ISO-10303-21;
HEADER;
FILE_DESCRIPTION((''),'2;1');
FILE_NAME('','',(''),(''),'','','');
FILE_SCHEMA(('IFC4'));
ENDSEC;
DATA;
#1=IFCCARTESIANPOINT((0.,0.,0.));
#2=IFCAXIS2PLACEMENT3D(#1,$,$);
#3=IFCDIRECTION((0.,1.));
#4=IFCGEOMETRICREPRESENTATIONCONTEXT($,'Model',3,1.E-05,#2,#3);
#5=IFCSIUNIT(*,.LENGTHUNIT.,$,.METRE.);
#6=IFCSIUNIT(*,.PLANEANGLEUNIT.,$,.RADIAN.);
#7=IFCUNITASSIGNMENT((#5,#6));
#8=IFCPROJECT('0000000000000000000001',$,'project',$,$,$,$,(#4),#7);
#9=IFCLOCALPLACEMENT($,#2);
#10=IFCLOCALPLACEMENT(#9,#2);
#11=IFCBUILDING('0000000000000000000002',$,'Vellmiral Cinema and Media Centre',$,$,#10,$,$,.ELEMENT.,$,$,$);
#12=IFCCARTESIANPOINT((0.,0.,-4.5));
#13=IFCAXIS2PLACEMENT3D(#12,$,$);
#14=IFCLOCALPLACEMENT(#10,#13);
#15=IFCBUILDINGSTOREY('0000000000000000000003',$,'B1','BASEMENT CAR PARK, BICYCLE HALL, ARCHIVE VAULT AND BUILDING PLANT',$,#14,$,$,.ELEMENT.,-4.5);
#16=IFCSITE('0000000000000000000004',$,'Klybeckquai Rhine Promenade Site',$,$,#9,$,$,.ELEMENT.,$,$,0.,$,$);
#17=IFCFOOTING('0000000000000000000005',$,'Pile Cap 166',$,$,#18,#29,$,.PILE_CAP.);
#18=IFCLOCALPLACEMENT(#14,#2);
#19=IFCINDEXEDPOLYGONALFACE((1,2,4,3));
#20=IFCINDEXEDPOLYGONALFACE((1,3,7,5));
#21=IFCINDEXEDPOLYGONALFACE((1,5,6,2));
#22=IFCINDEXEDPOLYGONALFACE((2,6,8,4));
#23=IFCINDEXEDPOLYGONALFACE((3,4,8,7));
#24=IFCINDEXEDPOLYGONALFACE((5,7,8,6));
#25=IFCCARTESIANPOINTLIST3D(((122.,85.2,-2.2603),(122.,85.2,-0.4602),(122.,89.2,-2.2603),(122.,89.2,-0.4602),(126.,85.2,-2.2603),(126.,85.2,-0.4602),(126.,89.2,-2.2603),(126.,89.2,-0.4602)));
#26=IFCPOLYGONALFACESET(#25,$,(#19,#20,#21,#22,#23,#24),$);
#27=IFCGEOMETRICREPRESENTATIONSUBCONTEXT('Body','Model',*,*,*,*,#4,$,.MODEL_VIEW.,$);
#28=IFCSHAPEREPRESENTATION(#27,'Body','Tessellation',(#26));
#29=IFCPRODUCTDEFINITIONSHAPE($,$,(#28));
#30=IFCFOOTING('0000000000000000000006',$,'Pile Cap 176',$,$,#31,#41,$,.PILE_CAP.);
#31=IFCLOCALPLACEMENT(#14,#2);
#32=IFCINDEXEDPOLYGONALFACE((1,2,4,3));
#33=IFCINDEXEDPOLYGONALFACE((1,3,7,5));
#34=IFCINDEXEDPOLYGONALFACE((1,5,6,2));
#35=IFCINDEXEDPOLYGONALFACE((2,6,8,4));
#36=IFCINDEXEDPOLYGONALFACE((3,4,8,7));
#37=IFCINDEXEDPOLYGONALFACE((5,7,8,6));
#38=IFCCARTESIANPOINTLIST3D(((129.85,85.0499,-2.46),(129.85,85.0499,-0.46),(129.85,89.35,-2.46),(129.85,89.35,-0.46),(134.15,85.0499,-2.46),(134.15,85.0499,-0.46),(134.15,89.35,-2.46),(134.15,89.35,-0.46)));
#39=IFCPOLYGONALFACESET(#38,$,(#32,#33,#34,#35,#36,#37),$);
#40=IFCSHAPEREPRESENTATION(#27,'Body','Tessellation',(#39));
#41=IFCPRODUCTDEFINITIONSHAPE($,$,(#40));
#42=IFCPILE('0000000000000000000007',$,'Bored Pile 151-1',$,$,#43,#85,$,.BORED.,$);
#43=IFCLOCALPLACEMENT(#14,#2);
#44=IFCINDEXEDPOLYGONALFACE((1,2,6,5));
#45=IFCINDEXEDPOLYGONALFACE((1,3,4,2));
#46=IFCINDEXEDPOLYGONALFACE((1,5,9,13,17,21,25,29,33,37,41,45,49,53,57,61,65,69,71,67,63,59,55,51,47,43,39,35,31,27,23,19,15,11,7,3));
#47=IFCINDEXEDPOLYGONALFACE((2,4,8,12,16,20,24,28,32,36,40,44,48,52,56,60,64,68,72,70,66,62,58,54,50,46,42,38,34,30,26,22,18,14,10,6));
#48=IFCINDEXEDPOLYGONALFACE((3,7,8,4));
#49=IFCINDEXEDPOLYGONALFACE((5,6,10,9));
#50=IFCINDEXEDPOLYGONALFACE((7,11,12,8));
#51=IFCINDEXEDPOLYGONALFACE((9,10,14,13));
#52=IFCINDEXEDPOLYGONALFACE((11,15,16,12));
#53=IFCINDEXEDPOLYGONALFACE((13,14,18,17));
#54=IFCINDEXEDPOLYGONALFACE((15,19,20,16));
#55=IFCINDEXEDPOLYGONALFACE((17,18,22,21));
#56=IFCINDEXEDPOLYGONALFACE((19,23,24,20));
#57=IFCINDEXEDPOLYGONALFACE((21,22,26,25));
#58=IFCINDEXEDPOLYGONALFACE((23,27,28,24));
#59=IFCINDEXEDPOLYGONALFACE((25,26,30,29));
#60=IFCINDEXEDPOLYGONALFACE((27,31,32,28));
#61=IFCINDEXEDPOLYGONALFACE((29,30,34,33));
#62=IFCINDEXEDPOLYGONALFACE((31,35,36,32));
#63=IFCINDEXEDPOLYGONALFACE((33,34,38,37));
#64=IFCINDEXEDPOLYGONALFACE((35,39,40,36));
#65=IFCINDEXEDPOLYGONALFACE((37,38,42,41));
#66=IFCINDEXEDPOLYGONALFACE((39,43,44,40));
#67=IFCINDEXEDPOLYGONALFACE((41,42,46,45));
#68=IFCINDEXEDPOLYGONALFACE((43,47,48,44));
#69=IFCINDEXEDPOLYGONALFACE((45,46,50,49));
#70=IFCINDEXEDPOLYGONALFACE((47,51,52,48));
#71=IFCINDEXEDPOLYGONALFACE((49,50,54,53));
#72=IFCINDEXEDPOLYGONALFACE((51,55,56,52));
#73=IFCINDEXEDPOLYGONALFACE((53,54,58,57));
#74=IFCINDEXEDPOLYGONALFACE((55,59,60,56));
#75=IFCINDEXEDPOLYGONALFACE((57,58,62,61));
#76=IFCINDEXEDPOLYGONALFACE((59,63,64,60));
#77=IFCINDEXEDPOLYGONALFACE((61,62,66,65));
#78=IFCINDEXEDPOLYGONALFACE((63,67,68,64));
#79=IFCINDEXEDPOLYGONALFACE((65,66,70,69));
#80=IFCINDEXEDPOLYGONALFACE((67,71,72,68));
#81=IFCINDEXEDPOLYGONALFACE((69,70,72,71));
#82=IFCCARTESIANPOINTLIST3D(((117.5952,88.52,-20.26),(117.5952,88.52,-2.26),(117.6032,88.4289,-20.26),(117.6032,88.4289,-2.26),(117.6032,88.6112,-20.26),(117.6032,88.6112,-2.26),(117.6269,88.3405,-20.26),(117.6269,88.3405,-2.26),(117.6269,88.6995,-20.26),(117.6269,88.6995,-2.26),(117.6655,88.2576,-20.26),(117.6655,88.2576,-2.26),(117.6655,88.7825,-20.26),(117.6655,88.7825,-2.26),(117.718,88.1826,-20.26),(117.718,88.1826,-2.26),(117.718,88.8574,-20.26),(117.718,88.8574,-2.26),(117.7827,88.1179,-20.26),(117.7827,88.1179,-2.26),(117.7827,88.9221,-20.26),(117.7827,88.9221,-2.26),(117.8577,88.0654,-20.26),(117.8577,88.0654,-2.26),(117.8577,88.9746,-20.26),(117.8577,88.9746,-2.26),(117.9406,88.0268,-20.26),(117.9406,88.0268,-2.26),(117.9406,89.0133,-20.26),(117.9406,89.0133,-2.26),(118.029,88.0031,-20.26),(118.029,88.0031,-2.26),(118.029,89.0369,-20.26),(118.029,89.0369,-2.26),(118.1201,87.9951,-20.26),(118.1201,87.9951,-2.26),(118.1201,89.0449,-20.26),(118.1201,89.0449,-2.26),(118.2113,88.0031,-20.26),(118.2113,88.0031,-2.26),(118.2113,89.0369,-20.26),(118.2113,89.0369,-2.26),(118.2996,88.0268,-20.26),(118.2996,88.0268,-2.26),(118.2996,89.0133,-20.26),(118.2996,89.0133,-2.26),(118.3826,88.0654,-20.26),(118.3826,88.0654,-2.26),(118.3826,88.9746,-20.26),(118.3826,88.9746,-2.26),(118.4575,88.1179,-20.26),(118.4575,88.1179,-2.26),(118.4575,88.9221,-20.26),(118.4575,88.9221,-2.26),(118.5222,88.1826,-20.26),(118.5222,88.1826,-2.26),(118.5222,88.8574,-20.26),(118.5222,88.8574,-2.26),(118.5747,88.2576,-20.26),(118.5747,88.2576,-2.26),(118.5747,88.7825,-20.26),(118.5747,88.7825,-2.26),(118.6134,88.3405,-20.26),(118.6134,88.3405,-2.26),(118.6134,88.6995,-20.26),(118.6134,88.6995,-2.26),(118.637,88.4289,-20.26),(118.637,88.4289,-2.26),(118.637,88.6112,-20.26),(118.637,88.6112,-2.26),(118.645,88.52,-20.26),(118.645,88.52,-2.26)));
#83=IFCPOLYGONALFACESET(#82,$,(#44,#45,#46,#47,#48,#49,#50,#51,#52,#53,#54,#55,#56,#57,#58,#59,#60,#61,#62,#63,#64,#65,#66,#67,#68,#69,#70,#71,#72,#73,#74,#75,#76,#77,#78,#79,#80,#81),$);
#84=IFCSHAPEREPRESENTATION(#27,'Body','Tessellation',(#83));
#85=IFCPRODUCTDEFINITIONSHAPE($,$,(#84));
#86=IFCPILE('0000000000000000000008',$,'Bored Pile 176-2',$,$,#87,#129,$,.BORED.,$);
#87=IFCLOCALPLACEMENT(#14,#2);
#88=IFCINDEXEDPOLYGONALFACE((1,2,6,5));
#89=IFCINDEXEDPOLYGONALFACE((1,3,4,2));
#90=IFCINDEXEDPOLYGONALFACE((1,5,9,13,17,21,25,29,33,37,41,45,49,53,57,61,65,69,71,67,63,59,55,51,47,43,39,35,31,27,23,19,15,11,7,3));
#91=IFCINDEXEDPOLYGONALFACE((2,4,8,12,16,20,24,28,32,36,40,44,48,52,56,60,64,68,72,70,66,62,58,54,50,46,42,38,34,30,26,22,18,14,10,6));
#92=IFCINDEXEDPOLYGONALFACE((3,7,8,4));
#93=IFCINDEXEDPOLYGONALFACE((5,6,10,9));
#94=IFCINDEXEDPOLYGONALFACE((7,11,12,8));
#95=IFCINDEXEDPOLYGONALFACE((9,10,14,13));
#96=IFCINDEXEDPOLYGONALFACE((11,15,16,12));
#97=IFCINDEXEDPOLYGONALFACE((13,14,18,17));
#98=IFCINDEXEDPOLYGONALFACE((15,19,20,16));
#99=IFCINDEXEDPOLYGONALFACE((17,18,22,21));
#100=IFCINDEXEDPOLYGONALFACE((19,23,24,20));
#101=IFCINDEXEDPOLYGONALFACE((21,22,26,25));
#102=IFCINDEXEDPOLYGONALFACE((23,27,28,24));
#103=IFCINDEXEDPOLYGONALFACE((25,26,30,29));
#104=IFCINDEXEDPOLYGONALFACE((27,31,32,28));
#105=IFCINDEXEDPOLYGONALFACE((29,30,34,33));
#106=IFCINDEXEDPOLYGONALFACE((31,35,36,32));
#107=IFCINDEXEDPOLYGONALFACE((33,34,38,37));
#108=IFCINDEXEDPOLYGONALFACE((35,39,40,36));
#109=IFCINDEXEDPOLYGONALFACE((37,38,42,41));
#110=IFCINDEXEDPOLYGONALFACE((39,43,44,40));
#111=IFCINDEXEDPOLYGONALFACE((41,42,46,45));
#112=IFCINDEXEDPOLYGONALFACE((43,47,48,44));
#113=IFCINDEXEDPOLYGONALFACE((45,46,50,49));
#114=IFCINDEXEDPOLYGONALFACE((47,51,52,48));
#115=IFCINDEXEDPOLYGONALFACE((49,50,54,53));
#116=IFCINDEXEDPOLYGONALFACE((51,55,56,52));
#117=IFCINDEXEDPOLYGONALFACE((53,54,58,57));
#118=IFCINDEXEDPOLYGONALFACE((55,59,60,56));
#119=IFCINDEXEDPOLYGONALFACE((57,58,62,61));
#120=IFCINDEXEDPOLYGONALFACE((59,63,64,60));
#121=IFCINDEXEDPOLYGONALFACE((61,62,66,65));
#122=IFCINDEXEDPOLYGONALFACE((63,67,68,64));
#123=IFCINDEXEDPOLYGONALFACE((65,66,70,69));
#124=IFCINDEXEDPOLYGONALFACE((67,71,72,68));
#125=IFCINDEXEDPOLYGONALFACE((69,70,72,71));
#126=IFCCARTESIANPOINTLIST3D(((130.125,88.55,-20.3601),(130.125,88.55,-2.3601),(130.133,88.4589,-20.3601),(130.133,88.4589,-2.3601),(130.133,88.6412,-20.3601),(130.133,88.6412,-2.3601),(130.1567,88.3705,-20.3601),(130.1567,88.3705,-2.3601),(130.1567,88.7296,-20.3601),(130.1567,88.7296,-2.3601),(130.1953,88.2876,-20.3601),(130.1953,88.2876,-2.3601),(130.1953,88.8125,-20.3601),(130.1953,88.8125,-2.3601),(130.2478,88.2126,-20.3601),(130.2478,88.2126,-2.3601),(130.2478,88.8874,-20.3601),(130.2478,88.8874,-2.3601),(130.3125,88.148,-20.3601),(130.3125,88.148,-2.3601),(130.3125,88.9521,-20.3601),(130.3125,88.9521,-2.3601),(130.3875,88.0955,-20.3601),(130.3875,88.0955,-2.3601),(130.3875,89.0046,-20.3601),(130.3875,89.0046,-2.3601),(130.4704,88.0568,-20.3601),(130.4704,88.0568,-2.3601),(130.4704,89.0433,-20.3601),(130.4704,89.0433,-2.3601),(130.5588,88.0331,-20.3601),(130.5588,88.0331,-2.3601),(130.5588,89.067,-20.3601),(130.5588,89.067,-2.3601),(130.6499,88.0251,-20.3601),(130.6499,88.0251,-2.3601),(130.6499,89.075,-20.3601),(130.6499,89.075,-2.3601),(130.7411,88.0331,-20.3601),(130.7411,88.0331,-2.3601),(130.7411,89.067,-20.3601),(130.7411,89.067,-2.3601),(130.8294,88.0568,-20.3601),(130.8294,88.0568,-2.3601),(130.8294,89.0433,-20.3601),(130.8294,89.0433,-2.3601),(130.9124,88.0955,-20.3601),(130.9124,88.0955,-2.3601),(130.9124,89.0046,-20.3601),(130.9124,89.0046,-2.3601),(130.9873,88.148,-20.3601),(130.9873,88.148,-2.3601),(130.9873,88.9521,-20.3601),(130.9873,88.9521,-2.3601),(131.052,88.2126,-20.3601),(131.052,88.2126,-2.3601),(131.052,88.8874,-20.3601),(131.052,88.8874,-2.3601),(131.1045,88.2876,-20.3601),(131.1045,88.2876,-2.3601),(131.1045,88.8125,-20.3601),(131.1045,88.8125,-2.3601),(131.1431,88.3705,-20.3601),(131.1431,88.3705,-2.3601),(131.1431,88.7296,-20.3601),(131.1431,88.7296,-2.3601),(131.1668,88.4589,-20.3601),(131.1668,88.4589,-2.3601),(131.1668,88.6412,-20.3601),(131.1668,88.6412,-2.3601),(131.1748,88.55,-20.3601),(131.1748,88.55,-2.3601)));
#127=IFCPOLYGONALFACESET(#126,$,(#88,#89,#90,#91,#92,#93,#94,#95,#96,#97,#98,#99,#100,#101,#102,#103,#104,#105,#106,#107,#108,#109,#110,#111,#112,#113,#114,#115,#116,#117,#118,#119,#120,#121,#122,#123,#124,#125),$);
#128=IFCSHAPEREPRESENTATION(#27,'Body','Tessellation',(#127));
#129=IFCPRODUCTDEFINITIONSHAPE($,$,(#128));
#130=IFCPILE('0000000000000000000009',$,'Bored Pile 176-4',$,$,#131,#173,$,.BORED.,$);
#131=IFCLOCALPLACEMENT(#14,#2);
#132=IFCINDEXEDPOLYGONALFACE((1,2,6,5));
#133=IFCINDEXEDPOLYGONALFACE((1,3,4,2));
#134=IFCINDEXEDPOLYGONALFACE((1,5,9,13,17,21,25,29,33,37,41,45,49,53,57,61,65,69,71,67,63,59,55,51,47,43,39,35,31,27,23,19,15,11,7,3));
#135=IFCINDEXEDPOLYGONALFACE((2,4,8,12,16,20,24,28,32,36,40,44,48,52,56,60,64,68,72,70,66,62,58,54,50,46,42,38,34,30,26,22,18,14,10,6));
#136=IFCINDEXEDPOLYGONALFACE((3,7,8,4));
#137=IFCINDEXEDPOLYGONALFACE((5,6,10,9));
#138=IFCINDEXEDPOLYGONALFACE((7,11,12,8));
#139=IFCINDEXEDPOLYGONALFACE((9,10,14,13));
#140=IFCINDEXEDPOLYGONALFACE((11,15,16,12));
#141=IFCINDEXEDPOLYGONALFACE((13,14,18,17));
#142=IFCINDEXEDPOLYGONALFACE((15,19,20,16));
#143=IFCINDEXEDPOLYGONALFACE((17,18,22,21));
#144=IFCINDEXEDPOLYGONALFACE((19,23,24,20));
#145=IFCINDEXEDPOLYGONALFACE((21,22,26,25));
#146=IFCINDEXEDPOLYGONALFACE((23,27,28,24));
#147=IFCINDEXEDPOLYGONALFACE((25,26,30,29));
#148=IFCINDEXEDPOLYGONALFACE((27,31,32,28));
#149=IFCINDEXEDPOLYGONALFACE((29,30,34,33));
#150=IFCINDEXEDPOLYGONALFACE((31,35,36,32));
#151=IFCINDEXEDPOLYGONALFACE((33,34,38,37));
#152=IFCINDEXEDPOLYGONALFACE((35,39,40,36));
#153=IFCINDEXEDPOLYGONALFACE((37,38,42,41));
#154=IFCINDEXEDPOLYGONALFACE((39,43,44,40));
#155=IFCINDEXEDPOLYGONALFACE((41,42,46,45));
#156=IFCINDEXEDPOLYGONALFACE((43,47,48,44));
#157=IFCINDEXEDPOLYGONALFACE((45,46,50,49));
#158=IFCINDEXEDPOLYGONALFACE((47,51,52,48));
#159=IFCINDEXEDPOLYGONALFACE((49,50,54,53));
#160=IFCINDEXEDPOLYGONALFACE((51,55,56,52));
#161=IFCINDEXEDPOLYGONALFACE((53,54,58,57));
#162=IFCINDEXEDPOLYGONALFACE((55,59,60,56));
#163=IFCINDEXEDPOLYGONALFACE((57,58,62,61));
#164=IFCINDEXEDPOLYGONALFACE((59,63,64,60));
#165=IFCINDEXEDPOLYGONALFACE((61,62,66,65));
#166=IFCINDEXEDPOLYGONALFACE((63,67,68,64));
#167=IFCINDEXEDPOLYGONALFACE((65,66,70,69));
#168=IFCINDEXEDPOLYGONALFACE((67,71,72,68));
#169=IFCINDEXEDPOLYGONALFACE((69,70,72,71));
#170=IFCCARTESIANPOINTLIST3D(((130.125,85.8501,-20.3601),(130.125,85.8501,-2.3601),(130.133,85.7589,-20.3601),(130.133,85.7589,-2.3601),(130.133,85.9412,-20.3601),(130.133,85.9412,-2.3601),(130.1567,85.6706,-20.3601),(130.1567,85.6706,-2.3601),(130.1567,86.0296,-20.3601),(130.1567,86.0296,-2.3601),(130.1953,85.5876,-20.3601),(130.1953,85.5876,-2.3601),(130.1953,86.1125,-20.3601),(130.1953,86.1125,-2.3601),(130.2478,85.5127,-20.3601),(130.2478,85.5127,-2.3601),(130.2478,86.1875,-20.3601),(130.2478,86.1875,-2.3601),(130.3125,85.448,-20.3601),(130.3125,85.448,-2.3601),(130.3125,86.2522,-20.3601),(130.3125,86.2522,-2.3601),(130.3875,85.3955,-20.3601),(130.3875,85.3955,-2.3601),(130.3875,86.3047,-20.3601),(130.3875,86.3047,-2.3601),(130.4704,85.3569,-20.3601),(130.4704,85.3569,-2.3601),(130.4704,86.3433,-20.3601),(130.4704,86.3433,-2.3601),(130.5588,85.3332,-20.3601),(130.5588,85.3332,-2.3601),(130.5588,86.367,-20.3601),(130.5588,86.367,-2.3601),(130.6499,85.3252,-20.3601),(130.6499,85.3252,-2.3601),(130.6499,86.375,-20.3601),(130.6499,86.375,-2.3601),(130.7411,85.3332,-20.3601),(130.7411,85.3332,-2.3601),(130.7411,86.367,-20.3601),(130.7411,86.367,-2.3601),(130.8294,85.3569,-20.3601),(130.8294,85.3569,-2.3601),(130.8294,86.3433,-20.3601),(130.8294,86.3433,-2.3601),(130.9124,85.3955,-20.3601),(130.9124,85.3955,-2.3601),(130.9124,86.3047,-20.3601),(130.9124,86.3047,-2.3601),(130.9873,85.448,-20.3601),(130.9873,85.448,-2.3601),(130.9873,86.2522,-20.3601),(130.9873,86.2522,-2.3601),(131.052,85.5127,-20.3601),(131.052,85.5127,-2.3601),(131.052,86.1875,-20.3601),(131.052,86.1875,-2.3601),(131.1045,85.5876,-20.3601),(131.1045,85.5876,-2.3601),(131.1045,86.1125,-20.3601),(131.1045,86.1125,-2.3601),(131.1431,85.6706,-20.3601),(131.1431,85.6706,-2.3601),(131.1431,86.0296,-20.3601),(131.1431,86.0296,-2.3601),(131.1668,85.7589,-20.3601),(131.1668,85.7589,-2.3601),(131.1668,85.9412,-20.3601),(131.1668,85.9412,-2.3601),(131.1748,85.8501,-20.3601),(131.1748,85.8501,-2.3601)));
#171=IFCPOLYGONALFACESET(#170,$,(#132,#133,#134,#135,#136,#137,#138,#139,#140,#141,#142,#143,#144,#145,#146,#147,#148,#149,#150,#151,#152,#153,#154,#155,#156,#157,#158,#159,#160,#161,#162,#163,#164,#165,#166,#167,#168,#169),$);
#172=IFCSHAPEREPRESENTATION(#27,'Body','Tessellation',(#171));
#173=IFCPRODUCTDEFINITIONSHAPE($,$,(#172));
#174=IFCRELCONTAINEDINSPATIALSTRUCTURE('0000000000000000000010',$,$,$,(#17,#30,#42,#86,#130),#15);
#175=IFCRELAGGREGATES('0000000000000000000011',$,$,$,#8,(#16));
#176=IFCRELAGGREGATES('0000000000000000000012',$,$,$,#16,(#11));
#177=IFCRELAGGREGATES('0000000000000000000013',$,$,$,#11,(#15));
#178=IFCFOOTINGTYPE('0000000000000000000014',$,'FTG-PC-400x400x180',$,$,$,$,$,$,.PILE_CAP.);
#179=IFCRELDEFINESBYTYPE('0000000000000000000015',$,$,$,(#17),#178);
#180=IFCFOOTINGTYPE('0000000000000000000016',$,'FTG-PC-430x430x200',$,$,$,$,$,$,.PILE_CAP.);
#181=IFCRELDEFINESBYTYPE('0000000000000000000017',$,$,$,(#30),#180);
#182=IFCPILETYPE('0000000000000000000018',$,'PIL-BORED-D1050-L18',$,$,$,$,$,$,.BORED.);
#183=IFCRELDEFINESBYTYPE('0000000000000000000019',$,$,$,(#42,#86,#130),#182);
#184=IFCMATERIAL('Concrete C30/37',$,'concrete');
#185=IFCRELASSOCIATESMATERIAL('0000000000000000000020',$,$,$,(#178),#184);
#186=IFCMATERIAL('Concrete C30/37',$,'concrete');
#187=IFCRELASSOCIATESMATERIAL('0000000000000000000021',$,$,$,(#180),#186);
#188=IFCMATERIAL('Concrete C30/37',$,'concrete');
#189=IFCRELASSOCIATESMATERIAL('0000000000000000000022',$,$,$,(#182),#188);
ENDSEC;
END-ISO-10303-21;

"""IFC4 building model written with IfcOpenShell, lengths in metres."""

from ifc_helpers import new_model, si_unit, direction, frame, origin, origin_2d, place, context, subcontext, project, spatial, rectangle, circle, extrude, material, material_profile, profile_set, type_object, element, save


model = new_model("IFC4")

# Units and contexts
model_context = context("Model", 3, precision=1e-05, world=origin(), true_north=direction((0.0, 1.0)))
body_context = subcontext(model_context, "Body", "Model", "MODEL_VIEW")
ifc_project = project(units=[si_unit("LENGTHUNIT", "METRE"), si_unit("PLANEANGLEUNIT", "RADIAN")], contexts=[model_context])

# Site, building, storey
site_placement = place(None, origin())
site = spatial("IfcSite", under=ifc_project, at=site_placement, Name="Klybeckquai Rhine Promenade Site", CompositionType="ELEMENT", RefElevation=0.0)
building_placement = place(site_placement, origin())
building = spatial("IfcBuilding", under=site, at=building_placement, Name="Vellmiral Cinema and Media Centre", CompositionType="ELEMENT")
storey_placement = place(building_placement, frame((0.0, 0.0, -4.5)))
storey = spatial("IfcBuildingStorey", under=building, at=storey_placement, Name="B1", Description="BASEMENT CAR PARK, BICYCLE HALL, ARCHIVE VAULT AND BUILDING PLANT", CompositionType="ELEMENT", Elevation=-4.5)

# Footings
ifc_material_1 = material(Name="Concrete C30/37", Category="concrete")
footing_type_1 = type_object("IfcFootingType", Name="FTG-PC-400x400x180", PredefinedType="PILE_CAP", material=ifc_material_1)
footing_1_placement = place(storey_placement, frame((124.0, 87.2, -2.2603), z_axis=(0.0, 0.0, 1.0), x_axis=(1.0, 0.0, 0.0)))
element("IfcFooting", 1, at=footing_1_placement, inside=storey, type_object=footing_type_1, Name="Pile Cap 166", PredefinedType="PILE_CAP", context=body_context, shape_type="SweptSolid", body=[
    extrude(rectangle(XDim=4.0, YDim=4.0, at=origin_2d()), origin(), (0.0, 0.0, 1.0), 1.8),
])
ifc_material_2 = material(Name="Concrete C30/37", Category="concrete")
footing_type_2 = type_object("IfcFootingType", Name="FTG-PC-430x430x200", PredefinedType="PILE_CAP", material=ifc_material_2)
footing_2_placement = place(storey_placement, frame((132.0, 87.2, -2.46), z_axis=(0.0, 0.0, 1.0), x_axis=(1.0, 0.0, 0.0)))
element("IfcFooting", 2, at=footing_2_placement, inside=storey, type_object=footing_type_2, Name="Pile Cap 176", PredefinedType="PILE_CAP", context=body_context, shape_type="SweptSolid", body=[
    extrude(rectangle(XDim=4.3, YDim=4.3, at=origin_2d()), origin(), (0.0, 0.0, 1.0), 2.0),
])

# Piles
ifc_material_3 = material(Name="Concrete C30/37", Category="concrete")
ifc_material_profile_1 = material_profile(ifc_material_3, circle(Radius=0.5249, at=origin_2d()), Name="PILE D1050")
ifc_profile_set_1 = profile_set([ifc_material_profile_1], Name="Concrete C30/37")
pile_type_1 = type_object("IfcPileType", Name="PIL-BORED-D1050-L18", PredefinedType="BORED", material=ifc_profile_set_1)
for number, where, z_axis, x_axis, name in (
    (3, (118.1201, 88.52, -2.26), (0.0, 0.0, -1.0), (1.0, 0.0, 0.0), "Bored Pile 151-1"),
    (4, (130.6499, 88.55, -2.3601), (0.0, 0.0, -1.0), (1.0, 0.0, 0.0), "Bored Pile 176-2"),
    (5, (130.6499, 85.8501, -2.3601), (0.0, 0.0, -1.0), (1.0, 0.0, 0.0), "Bored Pile 176-4"),
):
    element("IfcPile", number, at=place(storey_placement, frame(where, z_axis=z_axis, x_axis=x_axis)), inside=storey, type_object=pile_type_1, Name=name, PredefinedType="BORED", context=body_context, shape_type="SweptSolid", body=[
        extrude(circle(Radius=0.5249, at=origin_2d()), origin(), (0.0, 0.0, 1.0), 18.0),
    ])

save(model, "model.ifc")
